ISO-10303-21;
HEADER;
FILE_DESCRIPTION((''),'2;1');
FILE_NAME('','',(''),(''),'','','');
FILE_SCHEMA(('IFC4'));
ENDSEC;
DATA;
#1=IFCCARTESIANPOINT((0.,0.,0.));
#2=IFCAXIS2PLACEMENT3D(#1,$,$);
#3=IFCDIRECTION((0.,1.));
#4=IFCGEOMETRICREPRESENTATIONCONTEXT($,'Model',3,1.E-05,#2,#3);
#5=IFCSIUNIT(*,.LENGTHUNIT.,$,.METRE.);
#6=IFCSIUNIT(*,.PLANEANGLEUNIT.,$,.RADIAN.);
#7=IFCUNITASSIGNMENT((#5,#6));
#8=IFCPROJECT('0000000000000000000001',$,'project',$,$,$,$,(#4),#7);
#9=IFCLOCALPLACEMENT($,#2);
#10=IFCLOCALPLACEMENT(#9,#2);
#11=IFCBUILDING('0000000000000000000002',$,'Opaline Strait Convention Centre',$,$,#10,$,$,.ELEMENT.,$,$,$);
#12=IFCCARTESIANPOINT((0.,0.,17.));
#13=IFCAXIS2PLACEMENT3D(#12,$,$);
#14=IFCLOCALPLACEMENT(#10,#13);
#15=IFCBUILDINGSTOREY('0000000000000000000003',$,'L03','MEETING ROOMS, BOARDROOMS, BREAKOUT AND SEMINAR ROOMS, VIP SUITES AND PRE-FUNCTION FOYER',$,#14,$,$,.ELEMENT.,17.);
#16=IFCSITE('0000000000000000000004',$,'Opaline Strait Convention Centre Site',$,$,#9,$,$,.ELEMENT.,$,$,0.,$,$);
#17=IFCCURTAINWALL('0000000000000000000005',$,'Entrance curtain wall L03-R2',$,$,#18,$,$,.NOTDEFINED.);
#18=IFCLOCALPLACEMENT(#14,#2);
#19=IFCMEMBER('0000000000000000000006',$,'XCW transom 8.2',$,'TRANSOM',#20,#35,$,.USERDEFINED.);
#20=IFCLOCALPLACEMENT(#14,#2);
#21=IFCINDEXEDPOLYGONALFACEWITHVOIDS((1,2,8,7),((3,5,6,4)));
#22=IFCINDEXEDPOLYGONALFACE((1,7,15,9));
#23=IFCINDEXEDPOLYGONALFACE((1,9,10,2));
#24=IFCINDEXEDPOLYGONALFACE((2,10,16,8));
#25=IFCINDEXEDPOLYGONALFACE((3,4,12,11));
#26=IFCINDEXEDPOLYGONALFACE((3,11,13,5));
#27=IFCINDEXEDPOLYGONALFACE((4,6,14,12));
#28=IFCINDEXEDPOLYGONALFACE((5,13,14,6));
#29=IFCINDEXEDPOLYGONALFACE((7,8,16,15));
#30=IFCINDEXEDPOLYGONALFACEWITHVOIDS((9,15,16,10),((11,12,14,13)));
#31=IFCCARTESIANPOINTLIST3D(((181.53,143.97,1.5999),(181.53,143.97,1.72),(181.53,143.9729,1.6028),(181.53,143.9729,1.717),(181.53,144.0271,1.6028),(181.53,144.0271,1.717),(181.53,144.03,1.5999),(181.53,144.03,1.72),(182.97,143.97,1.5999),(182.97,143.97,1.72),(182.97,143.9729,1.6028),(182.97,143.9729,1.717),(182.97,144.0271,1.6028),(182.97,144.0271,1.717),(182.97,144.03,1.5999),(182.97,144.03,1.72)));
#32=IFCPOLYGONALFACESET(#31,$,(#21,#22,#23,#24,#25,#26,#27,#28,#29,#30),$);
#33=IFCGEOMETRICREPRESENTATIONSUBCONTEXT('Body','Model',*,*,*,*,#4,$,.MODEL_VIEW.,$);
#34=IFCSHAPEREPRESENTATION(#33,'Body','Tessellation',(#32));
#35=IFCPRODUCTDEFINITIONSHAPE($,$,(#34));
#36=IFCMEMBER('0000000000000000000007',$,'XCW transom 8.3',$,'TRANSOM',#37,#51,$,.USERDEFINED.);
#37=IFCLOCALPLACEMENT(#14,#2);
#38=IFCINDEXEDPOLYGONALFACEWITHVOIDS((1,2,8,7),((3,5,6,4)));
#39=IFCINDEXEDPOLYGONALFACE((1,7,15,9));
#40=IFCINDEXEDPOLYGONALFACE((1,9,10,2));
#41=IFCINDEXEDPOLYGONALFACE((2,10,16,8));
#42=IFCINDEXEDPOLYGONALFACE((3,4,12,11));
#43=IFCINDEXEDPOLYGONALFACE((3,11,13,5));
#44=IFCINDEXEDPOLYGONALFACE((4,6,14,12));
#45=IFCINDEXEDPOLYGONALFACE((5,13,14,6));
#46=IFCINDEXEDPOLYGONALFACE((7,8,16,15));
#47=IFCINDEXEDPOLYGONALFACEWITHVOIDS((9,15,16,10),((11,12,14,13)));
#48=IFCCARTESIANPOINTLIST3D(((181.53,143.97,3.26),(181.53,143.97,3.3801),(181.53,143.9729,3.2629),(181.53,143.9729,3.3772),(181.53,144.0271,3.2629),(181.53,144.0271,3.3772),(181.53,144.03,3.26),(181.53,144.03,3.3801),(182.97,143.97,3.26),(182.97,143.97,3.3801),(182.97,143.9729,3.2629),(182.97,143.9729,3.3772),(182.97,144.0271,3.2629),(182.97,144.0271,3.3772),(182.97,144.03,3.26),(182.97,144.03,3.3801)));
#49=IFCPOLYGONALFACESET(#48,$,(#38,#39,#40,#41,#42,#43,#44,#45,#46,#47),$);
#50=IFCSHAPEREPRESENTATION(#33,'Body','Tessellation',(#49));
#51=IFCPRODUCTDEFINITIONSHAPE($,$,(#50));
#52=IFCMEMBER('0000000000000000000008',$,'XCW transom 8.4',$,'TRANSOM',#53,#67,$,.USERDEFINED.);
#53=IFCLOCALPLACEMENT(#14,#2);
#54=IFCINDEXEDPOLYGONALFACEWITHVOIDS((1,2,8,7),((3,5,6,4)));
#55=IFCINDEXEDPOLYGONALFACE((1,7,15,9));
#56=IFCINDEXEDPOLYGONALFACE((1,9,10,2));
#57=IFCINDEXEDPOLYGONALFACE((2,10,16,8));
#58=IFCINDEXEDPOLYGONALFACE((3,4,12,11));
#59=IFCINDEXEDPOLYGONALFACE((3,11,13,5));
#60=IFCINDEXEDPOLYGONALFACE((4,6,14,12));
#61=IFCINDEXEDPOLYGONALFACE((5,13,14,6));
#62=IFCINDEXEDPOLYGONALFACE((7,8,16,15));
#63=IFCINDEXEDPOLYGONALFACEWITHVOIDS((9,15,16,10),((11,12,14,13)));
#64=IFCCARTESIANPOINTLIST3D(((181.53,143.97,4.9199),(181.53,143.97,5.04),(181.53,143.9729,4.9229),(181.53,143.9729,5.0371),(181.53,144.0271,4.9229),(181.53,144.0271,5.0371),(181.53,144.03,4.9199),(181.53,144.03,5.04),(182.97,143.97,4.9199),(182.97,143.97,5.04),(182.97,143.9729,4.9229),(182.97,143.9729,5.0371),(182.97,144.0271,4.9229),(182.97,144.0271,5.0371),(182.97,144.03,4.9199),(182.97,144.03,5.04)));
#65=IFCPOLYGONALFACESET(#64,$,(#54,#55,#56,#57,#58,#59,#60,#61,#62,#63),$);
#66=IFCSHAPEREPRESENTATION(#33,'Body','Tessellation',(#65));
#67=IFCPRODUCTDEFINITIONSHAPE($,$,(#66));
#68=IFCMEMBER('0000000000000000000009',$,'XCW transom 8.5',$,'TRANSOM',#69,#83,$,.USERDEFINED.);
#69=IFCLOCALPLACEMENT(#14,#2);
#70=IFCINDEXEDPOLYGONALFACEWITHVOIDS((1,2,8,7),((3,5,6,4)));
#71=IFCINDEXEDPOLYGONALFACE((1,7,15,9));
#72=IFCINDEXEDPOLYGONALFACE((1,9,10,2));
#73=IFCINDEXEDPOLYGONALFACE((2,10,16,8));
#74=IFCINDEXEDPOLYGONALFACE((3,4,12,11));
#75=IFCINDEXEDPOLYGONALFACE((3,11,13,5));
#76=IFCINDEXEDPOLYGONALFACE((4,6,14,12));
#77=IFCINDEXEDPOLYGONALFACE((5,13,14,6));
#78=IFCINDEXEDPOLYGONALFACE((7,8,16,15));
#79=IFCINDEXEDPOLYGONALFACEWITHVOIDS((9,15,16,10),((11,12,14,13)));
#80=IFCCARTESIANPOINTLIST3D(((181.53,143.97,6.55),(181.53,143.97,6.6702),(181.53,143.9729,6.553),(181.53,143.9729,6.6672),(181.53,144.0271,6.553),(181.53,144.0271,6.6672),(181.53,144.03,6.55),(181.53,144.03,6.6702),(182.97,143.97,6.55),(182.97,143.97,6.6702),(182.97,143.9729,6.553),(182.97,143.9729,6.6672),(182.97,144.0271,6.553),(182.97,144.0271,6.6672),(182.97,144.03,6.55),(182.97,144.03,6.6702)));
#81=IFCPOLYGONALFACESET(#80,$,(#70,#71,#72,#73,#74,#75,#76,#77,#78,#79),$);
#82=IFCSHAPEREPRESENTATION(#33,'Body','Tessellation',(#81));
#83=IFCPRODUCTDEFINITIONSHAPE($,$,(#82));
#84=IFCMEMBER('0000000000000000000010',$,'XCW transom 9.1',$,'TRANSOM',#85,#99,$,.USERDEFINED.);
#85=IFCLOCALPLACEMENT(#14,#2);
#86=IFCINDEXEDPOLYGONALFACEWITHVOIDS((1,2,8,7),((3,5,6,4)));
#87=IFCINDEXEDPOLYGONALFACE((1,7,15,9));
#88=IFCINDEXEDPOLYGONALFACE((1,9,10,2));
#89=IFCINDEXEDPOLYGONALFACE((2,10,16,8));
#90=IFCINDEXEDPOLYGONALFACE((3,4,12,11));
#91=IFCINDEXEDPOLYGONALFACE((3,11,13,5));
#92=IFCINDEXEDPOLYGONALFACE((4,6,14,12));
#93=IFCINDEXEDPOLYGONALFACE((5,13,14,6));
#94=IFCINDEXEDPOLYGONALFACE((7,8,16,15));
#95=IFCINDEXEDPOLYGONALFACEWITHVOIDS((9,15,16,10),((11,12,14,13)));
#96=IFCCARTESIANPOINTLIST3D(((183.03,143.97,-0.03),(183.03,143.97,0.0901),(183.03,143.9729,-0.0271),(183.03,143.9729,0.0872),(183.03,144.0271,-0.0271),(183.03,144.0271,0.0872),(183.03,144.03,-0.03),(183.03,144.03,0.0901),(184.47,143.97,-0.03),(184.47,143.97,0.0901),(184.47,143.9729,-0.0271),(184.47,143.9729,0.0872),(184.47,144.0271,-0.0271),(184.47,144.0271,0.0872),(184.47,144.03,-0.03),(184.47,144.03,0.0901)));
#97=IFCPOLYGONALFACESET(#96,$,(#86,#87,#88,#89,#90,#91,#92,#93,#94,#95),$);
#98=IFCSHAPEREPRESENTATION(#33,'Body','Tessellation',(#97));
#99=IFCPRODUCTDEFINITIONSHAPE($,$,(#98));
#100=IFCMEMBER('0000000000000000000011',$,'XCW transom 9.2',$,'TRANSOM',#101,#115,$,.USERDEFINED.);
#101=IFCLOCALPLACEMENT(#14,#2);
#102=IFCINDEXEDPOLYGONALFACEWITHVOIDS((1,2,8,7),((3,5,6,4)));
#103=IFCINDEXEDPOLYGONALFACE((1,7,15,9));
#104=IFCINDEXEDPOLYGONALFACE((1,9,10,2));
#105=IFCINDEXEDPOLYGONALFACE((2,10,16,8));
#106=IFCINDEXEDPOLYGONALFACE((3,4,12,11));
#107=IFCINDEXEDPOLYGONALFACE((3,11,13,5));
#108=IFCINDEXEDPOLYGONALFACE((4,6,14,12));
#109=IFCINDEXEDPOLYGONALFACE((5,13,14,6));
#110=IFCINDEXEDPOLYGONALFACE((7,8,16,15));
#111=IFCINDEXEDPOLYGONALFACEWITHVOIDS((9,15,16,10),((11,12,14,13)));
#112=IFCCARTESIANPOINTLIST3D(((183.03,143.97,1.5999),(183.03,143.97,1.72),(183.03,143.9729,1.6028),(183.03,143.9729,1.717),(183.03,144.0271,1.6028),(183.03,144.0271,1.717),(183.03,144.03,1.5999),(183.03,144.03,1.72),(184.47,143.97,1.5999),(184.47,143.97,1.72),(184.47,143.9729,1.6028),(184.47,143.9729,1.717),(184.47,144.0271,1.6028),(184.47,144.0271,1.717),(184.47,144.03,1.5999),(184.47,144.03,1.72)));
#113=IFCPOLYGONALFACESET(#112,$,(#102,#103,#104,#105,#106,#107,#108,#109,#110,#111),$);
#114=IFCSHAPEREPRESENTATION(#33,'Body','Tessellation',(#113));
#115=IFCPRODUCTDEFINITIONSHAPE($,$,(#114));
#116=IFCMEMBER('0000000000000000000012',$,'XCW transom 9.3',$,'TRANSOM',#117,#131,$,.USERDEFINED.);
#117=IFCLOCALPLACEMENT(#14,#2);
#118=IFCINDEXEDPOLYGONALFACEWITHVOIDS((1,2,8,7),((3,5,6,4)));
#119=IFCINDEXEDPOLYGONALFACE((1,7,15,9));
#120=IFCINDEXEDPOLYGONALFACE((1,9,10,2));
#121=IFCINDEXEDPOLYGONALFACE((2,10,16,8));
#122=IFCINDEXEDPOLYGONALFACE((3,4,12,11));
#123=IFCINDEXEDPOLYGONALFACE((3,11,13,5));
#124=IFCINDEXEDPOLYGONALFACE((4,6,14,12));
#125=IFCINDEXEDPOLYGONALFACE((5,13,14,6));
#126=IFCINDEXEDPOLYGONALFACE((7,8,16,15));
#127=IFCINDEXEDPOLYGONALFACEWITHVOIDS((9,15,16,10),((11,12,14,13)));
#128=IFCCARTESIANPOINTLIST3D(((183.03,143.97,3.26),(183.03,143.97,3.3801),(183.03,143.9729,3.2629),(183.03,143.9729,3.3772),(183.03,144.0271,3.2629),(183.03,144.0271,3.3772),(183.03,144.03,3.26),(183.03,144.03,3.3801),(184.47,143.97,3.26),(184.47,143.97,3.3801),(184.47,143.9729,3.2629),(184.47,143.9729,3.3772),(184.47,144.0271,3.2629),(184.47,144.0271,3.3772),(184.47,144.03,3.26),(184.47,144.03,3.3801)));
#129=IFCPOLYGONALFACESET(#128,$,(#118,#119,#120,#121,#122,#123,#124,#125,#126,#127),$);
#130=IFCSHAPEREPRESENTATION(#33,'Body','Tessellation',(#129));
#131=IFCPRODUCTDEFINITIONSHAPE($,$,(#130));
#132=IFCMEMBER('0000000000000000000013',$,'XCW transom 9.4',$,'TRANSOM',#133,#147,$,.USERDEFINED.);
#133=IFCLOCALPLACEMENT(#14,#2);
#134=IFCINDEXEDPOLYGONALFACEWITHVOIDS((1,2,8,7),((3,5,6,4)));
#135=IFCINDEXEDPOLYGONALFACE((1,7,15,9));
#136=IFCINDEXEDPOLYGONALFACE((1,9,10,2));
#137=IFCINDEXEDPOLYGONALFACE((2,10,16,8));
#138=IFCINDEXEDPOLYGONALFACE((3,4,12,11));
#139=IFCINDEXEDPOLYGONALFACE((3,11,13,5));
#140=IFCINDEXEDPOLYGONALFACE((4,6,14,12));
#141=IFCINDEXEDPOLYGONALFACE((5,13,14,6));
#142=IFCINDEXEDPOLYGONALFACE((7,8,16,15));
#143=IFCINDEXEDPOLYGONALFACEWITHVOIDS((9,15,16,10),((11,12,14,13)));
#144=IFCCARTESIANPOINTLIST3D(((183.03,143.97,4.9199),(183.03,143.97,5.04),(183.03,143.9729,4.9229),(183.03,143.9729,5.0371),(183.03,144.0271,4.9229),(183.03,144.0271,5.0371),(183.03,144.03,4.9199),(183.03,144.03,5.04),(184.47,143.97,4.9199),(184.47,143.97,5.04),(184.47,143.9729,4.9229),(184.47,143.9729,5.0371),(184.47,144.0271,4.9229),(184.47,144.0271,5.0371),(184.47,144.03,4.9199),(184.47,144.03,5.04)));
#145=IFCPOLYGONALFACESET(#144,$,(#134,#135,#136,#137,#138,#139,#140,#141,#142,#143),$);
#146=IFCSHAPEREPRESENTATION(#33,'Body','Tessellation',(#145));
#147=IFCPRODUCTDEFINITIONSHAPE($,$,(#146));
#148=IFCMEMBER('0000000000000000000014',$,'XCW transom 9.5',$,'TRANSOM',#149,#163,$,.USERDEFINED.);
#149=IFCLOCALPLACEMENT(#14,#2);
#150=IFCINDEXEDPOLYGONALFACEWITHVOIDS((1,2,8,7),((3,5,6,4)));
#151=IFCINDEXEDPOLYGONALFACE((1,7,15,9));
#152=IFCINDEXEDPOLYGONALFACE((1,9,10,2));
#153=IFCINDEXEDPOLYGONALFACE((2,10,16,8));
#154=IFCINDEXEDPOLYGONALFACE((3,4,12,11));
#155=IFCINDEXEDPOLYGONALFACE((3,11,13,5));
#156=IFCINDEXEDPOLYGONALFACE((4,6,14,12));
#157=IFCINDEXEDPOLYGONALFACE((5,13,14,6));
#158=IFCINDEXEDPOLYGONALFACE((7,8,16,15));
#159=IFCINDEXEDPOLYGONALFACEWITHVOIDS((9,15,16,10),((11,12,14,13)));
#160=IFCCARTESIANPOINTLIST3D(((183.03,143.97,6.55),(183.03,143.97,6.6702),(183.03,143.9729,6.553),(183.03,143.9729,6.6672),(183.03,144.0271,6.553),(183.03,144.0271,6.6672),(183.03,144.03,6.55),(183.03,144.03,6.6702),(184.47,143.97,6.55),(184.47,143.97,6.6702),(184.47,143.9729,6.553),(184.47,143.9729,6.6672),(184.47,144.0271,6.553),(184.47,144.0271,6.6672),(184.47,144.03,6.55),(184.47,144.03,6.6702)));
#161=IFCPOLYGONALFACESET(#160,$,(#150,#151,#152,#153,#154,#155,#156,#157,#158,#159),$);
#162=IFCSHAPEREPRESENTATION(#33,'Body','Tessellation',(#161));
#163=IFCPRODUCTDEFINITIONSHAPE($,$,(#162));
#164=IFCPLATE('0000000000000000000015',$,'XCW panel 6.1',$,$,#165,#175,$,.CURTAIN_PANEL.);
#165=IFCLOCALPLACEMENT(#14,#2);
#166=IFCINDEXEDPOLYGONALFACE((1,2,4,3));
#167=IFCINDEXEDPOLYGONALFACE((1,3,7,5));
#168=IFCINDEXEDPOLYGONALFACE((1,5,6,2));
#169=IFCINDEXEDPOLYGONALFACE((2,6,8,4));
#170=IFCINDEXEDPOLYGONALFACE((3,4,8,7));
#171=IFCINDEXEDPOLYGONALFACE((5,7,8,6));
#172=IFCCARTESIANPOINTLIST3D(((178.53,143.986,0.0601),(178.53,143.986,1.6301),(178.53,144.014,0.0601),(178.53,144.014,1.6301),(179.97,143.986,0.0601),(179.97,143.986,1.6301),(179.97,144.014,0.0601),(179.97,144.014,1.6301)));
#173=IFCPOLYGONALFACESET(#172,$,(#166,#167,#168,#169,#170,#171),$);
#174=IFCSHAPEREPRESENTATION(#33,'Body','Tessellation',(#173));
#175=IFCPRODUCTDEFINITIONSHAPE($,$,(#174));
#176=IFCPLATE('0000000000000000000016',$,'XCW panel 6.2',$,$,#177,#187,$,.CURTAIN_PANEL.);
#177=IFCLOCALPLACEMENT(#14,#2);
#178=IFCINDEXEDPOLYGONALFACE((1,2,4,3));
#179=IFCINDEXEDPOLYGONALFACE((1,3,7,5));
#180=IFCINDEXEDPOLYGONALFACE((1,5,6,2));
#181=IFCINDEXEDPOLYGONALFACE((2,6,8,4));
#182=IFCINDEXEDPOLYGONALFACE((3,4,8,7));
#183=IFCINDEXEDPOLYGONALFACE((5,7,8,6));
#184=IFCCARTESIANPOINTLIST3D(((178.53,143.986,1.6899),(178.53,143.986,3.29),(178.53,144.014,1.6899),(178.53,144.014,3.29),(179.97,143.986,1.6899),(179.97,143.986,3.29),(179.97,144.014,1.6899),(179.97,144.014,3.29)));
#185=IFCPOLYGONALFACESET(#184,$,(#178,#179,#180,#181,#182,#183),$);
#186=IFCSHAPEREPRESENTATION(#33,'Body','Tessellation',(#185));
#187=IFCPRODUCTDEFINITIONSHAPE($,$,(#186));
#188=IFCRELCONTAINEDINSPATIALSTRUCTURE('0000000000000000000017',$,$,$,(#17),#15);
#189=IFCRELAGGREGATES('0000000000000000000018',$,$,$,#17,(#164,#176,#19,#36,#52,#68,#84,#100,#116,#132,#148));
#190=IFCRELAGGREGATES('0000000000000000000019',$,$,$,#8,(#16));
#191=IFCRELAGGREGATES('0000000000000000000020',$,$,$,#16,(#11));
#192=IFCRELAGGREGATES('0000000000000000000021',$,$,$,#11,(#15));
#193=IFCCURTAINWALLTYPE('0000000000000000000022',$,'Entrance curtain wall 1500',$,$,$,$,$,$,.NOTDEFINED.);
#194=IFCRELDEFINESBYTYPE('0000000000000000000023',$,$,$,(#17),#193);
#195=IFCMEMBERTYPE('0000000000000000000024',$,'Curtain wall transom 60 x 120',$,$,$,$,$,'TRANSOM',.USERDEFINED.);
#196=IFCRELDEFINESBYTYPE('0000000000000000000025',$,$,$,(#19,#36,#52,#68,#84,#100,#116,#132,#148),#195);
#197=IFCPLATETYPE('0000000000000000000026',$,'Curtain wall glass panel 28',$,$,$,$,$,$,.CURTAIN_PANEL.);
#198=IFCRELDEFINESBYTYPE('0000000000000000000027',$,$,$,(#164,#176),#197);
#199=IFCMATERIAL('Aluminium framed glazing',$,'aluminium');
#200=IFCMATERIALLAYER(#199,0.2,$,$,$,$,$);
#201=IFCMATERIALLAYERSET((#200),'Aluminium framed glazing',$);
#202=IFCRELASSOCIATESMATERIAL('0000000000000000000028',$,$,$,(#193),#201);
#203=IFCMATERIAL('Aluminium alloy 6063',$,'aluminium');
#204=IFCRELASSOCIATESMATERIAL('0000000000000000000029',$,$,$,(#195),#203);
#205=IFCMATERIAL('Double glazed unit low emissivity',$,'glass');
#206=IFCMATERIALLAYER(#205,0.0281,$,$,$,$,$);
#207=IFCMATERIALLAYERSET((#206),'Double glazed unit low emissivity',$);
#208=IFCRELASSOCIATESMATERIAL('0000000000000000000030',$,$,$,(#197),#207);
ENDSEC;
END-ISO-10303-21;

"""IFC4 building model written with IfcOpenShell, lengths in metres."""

from ifc_helpers import new_model, si_unit, direction, frame, origin, origin_2d, place, context, subcontext, project, spatial, rectangle, hollow_rectangle, extrude, material, layer, layer_set, material_profile, profile_set, type_object, element, aggregate, save


model = new_model("IFC4")

# Units and contexts
model_context = context("Model", 3, precision=1e-05, world=origin(), true_north=direction((0.0, 1.0)))
body_context = subcontext(model_context, "Body", "Model", "MODEL_VIEW")
ifc_project = project(units=[si_unit("LENGTHUNIT", "METRE"), si_unit("PLANEANGLEUNIT", "RADIAN")], contexts=[model_context])

# Site, building, storey
site_placement = place(None, origin())
site = spatial("IfcSite", under=ifc_project, at=site_placement, Name="Opaline Strait Convention Centre Site", CompositionType="ELEMENT", RefElevation=0.0)
building_placement = place(site_placement, origin())
building = spatial("IfcBuilding", under=site, at=building_placement, Name="Opaline Strait Convention Centre", CompositionType="ELEMENT")
storey_placement = place(building_placement, frame((0.0, 0.0, 17.0)))
storey = spatial("IfcBuildingStorey", under=building, at=storey_placement, Name="L03", Description="MEETING ROOMS, BOARDROOMS, BREAKOUT AND SEMINAR ROOMS, VIP SUITES AND PRE-FUNCTION FOYER", CompositionType="ELEMENT", Elevation=17.0)

# Curtain wall, members, plates
ifc_material_1 = material(Name="Aluminium framed glazing", Category="aluminium")
ifc_layer_1 = layer(ifc_material_1, 0.2)
ifc_layer_set_1 = layer_set([ifc_layer_1], Name="Aluminium framed glazing")
curtain_wall_type = type_object("IfcCurtainWallType", Name="Entrance curtain wall 1500", PredefinedType="NOTDEFINED", material=ifc_layer_set_1)
curtain_wall_placement = place(storey_placement, origin())
curtain_wall = element("IfcCurtainWall", 1, at=curtain_wall_placement, inside=storey, type_object=curtain_wall_type, Name="Entrance curtain wall L03-R2", PredefinedType="NOTDEFINED")
ifc_material_2 = material(Name="Aluminium alloy 6063", Category="aluminium")
ifc_material_profile_1 = material_profile(ifc_material_2, hollow_rectangle(XDim=0.0601, YDim=0.1201, WallThickness=0.0029, at=origin_2d()), Name="TRANSOM 60x120x3")
ifc_profile_set_1 = profile_set([ifc_material_profile_1], Name="Aluminium alloy 6063")
member_type_1 = type_object("IfcMemberType", Name="Curtain wall transom 60 x 120", ElementType="TRANSOM", PredefinedType="USERDEFINED", material=ifc_profile_set_1)
member_1_placement = place(storey_placement, frame((181.53, 144.0, 1.6599), z_axis=(1.0, 0.0, 0.0), x_axis=(0.0, 1.0, 0.0)))
member_1 = element("IfcMember", 2, at=member_1_placement, type_object=member_type_1, Name="XCW transom 8.2", ObjectType="TRANSOM", PredefinedType="USERDEFINED", context=body_context, shape_type="SweptSolid", body=[
    extrude(hollow_rectangle(XDim=0.0601, YDim=0.1201, WallThickness=0.0029, at=origin_2d()), origin(), (0.0, 0.0, 1.0), 1.4399),
])
member_2_placement = place(storey_placement, frame((181.53, 144.0, 3.3201), z_axis=(1.0, 0.0, 0.0), x_axis=(0.0, 1.0, 0.0)))
member_2 = element("IfcMember", 3, at=member_2_placement, type_object=member_type_1, Name="XCW transom 8.3", ObjectType="TRANSOM", PredefinedType="USERDEFINED", context=body_context, shape_type="SweptSolid", body=[
    extrude(hollow_rectangle(XDim=0.0601, YDim=0.1201, WallThickness=0.0029, at=origin_2d()), origin(), (0.0, 0.0, 1.0), 1.4399),
])
member_3_placement = place(storey_placement, frame((181.53, 144.0, 4.98), z_axis=(1.0, 0.0, 0.0), x_axis=(0.0, 1.0, 0.0)))
member_3 = element("IfcMember", 4, at=member_3_placement, type_object=member_type_1, Name="XCW transom 8.4", ObjectType="TRANSOM", PredefinedType="USERDEFINED", context=body_context, shape_type="SweptSolid", body=[
    extrude(hollow_rectangle(XDim=0.0601, YDim=0.1201, WallThickness=0.0029, at=origin_2d()), origin(), (0.0, 0.0, 1.0), 1.4399),
])
member_4_placement = place(storey_placement, frame((181.53, 144.0, 6.6101), z_axis=(1.0, 0.0, 0.0), x_axis=(0.0, 1.0, 0.0)))
member_4 = element("IfcMember", 5, at=member_4_placement, type_object=member_type_1, Name="XCW transom 8.5", ObjectType="TRANSOM", PredefinedType="USERDEFINED", context=body_context, shape_type="SweptSolid", body=[
    extrude(hollow_rectangle(XDim=0.0601, YDim=0.1201, WallThickness=0.0029, at=origin_2d()), origin(), (0.0, 0.0, 1.0), 1.4399),
])
member_5_placement = place(storey_placement, frame((183.03, 144.0, 0.03), z_axis=(1.0, 0.0, 0.0), x_axis=(0.0, 1.0, 0.0)))
member_5 = element("IfcMember", 6, at=member_5_placement, type_object=member_type_1, Name="XCW transom 9.1", ObjectType="TRANSOM", PredefinedType="USERDEFINED", context=body_context, shape_type="SweptSolid", body=[
    extrude(hollow_rectangle(XDim=0.0601, YDim=0.1201, WallThickness=0.0029, at=origin_2d()), origin(), (0.0, 0.0, 1.0), 1.4399),
])
member_6_placement = place(storey_placement, frame((183.03, 144.0, 1.6599), z_axis=(1.0, 0.0, 0.0), x_axis=(0.0, 1.0, 0.0)))
member_6 = element("IfcMember", 7, at=member_6_placement, type_object=member_type_1, Name="XCW transom 9.2", ObjectType="TRANSOM", PredefinedType="USERDEFINED", context=body_context, shape_type="SweptSolid", body=[
    extrude(hollow_rectangle(XDim=0.0601, YDim=0.1201, WallThickness=0.0029, at=origin_2d()), origin(), (0.0, 0.0, 1.0), 1.4399),
])
member_7_placement = place(storey_placement, frame((183.03, 144.0, 3.3201), z_axis=(1.0, 0.0, 0.0), x_axis=(0.0, 1.0, 0.0)))
member_7 = element("IfcMember", 8, at=member_7_placement, type_object=member_type_1, Name="XCW transom 9.3", ObjectType="TRANSOM", PredefinedType="USERDEFINED", context=body_context, shape_type="SweptSolid", body=[
    extrude(hollow_rectangle(XDim=0.0601, YDim=0.1201, WallThickness=0.0029, at=origin_2d()), origin(), (0.0, 0.0, 1.0), 1.4399),
])
member_8_placement = place(storey_placement, frame((183.03, 144.0, 4.98), z_axis=(1.0, 0.0, 0.0), x_axis=(0.0, 1.0, 0.0)))
member_8 = element("IfcMember", 9, at=member_8_placement, type_object=member_type_1, Name="XCW transom 9.4", ObjectType="TRANSOM", PredefinedType="USERDEFINED", context=body_context, shape_type="SweptSolid", body=[
    extrude(hollow_rectangle(XDim=0.0601, YDim=0.1201, WallThickness=0.0029, at=origin_2d()), origin(), (0.0, 0.0, 1.0), 1.4399),
])
member_9_placement = place(storey_placement, frame((183.03, 144.0, 6.6101), z_axis=(1.0, 0.0, 0.0), x_axis=(0.0, 1.0, 0.0)))
member_9 = element("IfcMember", 10, at=member_9_placement, type_object=member_type_1, Name="XCW transom 9.5", ObjectType="TRANSOM", PredefinedType="USERDEFINED", context=body_context, shape_type="SweptSolid", body=[
    extrude(hollow_rectangle(XDim=0.0601, YDim=0.1201, WallThickness=0.0029, at=origin_2d()), origin(), (0.0, 0.0, 1.0), 1.4399),
])
ifc_material_3 = material(Name="Double glazed unit low emissivity", Category="glass")
ifc_layer_2 = layer(ifc_material_3, 0.0281)
ifc_layer_set_2 = layer_set([ifc_layer_2], Name="Double glazed unit low emissivity")
plate_type = type_object("IfcPlateType", Name="Curtain wall glass panel 28", PredefinedType="CURTAIN_PANEL", material=ifc_layer_set_2)
plate_1_placement = place(storey_placement, frame((179.25, 144.0, 0.0601), z_axis=(0.0, 0.0, 1.0), x_axis=(1.0, 0.0, 0.0)))
plate_1 = element("IfcPlate", 11, at=plate_1_placement, type_object=plate_type, Name="XCW panel 6.1", PredefinedType="CURTAIN_PANEL", context=body_context, shape_type="SweptSolid", body=[
    extrude(rectangle(XDim=1.4399, YDim=0.0281, at=origin_2d()), origin(), (0.0, 0.0, 1.0), 1.5701),
])
plate_2_placement = place(storey_placement, frame((179.25, 144.0, 1.6899), z_axis=(0.0, 0.0, 1.0), x_axis=(1.0, 0.0, 0.0)))
plate_2 = element("IfcPlate", 12, at=plate_2_placement, type_object=plate_type, Name="XCW panel 6.2", PredefinedType="CURTAIN_PANEL", context=body_context, shape_type="SweptSolid", body=[
    extrude(rectangle(XDim=1.4399, YDim=0.0281, at=origin_2d()), origin(), (0.0, 0.0, 1.0), 1.6001),
])
aggregate(curtain_wall, [plate_1, plate_2, member_1, member_2, member_3, member_4, member_5, member_6, member_7, member_8, member_9])

save(model, "model.ifc")
